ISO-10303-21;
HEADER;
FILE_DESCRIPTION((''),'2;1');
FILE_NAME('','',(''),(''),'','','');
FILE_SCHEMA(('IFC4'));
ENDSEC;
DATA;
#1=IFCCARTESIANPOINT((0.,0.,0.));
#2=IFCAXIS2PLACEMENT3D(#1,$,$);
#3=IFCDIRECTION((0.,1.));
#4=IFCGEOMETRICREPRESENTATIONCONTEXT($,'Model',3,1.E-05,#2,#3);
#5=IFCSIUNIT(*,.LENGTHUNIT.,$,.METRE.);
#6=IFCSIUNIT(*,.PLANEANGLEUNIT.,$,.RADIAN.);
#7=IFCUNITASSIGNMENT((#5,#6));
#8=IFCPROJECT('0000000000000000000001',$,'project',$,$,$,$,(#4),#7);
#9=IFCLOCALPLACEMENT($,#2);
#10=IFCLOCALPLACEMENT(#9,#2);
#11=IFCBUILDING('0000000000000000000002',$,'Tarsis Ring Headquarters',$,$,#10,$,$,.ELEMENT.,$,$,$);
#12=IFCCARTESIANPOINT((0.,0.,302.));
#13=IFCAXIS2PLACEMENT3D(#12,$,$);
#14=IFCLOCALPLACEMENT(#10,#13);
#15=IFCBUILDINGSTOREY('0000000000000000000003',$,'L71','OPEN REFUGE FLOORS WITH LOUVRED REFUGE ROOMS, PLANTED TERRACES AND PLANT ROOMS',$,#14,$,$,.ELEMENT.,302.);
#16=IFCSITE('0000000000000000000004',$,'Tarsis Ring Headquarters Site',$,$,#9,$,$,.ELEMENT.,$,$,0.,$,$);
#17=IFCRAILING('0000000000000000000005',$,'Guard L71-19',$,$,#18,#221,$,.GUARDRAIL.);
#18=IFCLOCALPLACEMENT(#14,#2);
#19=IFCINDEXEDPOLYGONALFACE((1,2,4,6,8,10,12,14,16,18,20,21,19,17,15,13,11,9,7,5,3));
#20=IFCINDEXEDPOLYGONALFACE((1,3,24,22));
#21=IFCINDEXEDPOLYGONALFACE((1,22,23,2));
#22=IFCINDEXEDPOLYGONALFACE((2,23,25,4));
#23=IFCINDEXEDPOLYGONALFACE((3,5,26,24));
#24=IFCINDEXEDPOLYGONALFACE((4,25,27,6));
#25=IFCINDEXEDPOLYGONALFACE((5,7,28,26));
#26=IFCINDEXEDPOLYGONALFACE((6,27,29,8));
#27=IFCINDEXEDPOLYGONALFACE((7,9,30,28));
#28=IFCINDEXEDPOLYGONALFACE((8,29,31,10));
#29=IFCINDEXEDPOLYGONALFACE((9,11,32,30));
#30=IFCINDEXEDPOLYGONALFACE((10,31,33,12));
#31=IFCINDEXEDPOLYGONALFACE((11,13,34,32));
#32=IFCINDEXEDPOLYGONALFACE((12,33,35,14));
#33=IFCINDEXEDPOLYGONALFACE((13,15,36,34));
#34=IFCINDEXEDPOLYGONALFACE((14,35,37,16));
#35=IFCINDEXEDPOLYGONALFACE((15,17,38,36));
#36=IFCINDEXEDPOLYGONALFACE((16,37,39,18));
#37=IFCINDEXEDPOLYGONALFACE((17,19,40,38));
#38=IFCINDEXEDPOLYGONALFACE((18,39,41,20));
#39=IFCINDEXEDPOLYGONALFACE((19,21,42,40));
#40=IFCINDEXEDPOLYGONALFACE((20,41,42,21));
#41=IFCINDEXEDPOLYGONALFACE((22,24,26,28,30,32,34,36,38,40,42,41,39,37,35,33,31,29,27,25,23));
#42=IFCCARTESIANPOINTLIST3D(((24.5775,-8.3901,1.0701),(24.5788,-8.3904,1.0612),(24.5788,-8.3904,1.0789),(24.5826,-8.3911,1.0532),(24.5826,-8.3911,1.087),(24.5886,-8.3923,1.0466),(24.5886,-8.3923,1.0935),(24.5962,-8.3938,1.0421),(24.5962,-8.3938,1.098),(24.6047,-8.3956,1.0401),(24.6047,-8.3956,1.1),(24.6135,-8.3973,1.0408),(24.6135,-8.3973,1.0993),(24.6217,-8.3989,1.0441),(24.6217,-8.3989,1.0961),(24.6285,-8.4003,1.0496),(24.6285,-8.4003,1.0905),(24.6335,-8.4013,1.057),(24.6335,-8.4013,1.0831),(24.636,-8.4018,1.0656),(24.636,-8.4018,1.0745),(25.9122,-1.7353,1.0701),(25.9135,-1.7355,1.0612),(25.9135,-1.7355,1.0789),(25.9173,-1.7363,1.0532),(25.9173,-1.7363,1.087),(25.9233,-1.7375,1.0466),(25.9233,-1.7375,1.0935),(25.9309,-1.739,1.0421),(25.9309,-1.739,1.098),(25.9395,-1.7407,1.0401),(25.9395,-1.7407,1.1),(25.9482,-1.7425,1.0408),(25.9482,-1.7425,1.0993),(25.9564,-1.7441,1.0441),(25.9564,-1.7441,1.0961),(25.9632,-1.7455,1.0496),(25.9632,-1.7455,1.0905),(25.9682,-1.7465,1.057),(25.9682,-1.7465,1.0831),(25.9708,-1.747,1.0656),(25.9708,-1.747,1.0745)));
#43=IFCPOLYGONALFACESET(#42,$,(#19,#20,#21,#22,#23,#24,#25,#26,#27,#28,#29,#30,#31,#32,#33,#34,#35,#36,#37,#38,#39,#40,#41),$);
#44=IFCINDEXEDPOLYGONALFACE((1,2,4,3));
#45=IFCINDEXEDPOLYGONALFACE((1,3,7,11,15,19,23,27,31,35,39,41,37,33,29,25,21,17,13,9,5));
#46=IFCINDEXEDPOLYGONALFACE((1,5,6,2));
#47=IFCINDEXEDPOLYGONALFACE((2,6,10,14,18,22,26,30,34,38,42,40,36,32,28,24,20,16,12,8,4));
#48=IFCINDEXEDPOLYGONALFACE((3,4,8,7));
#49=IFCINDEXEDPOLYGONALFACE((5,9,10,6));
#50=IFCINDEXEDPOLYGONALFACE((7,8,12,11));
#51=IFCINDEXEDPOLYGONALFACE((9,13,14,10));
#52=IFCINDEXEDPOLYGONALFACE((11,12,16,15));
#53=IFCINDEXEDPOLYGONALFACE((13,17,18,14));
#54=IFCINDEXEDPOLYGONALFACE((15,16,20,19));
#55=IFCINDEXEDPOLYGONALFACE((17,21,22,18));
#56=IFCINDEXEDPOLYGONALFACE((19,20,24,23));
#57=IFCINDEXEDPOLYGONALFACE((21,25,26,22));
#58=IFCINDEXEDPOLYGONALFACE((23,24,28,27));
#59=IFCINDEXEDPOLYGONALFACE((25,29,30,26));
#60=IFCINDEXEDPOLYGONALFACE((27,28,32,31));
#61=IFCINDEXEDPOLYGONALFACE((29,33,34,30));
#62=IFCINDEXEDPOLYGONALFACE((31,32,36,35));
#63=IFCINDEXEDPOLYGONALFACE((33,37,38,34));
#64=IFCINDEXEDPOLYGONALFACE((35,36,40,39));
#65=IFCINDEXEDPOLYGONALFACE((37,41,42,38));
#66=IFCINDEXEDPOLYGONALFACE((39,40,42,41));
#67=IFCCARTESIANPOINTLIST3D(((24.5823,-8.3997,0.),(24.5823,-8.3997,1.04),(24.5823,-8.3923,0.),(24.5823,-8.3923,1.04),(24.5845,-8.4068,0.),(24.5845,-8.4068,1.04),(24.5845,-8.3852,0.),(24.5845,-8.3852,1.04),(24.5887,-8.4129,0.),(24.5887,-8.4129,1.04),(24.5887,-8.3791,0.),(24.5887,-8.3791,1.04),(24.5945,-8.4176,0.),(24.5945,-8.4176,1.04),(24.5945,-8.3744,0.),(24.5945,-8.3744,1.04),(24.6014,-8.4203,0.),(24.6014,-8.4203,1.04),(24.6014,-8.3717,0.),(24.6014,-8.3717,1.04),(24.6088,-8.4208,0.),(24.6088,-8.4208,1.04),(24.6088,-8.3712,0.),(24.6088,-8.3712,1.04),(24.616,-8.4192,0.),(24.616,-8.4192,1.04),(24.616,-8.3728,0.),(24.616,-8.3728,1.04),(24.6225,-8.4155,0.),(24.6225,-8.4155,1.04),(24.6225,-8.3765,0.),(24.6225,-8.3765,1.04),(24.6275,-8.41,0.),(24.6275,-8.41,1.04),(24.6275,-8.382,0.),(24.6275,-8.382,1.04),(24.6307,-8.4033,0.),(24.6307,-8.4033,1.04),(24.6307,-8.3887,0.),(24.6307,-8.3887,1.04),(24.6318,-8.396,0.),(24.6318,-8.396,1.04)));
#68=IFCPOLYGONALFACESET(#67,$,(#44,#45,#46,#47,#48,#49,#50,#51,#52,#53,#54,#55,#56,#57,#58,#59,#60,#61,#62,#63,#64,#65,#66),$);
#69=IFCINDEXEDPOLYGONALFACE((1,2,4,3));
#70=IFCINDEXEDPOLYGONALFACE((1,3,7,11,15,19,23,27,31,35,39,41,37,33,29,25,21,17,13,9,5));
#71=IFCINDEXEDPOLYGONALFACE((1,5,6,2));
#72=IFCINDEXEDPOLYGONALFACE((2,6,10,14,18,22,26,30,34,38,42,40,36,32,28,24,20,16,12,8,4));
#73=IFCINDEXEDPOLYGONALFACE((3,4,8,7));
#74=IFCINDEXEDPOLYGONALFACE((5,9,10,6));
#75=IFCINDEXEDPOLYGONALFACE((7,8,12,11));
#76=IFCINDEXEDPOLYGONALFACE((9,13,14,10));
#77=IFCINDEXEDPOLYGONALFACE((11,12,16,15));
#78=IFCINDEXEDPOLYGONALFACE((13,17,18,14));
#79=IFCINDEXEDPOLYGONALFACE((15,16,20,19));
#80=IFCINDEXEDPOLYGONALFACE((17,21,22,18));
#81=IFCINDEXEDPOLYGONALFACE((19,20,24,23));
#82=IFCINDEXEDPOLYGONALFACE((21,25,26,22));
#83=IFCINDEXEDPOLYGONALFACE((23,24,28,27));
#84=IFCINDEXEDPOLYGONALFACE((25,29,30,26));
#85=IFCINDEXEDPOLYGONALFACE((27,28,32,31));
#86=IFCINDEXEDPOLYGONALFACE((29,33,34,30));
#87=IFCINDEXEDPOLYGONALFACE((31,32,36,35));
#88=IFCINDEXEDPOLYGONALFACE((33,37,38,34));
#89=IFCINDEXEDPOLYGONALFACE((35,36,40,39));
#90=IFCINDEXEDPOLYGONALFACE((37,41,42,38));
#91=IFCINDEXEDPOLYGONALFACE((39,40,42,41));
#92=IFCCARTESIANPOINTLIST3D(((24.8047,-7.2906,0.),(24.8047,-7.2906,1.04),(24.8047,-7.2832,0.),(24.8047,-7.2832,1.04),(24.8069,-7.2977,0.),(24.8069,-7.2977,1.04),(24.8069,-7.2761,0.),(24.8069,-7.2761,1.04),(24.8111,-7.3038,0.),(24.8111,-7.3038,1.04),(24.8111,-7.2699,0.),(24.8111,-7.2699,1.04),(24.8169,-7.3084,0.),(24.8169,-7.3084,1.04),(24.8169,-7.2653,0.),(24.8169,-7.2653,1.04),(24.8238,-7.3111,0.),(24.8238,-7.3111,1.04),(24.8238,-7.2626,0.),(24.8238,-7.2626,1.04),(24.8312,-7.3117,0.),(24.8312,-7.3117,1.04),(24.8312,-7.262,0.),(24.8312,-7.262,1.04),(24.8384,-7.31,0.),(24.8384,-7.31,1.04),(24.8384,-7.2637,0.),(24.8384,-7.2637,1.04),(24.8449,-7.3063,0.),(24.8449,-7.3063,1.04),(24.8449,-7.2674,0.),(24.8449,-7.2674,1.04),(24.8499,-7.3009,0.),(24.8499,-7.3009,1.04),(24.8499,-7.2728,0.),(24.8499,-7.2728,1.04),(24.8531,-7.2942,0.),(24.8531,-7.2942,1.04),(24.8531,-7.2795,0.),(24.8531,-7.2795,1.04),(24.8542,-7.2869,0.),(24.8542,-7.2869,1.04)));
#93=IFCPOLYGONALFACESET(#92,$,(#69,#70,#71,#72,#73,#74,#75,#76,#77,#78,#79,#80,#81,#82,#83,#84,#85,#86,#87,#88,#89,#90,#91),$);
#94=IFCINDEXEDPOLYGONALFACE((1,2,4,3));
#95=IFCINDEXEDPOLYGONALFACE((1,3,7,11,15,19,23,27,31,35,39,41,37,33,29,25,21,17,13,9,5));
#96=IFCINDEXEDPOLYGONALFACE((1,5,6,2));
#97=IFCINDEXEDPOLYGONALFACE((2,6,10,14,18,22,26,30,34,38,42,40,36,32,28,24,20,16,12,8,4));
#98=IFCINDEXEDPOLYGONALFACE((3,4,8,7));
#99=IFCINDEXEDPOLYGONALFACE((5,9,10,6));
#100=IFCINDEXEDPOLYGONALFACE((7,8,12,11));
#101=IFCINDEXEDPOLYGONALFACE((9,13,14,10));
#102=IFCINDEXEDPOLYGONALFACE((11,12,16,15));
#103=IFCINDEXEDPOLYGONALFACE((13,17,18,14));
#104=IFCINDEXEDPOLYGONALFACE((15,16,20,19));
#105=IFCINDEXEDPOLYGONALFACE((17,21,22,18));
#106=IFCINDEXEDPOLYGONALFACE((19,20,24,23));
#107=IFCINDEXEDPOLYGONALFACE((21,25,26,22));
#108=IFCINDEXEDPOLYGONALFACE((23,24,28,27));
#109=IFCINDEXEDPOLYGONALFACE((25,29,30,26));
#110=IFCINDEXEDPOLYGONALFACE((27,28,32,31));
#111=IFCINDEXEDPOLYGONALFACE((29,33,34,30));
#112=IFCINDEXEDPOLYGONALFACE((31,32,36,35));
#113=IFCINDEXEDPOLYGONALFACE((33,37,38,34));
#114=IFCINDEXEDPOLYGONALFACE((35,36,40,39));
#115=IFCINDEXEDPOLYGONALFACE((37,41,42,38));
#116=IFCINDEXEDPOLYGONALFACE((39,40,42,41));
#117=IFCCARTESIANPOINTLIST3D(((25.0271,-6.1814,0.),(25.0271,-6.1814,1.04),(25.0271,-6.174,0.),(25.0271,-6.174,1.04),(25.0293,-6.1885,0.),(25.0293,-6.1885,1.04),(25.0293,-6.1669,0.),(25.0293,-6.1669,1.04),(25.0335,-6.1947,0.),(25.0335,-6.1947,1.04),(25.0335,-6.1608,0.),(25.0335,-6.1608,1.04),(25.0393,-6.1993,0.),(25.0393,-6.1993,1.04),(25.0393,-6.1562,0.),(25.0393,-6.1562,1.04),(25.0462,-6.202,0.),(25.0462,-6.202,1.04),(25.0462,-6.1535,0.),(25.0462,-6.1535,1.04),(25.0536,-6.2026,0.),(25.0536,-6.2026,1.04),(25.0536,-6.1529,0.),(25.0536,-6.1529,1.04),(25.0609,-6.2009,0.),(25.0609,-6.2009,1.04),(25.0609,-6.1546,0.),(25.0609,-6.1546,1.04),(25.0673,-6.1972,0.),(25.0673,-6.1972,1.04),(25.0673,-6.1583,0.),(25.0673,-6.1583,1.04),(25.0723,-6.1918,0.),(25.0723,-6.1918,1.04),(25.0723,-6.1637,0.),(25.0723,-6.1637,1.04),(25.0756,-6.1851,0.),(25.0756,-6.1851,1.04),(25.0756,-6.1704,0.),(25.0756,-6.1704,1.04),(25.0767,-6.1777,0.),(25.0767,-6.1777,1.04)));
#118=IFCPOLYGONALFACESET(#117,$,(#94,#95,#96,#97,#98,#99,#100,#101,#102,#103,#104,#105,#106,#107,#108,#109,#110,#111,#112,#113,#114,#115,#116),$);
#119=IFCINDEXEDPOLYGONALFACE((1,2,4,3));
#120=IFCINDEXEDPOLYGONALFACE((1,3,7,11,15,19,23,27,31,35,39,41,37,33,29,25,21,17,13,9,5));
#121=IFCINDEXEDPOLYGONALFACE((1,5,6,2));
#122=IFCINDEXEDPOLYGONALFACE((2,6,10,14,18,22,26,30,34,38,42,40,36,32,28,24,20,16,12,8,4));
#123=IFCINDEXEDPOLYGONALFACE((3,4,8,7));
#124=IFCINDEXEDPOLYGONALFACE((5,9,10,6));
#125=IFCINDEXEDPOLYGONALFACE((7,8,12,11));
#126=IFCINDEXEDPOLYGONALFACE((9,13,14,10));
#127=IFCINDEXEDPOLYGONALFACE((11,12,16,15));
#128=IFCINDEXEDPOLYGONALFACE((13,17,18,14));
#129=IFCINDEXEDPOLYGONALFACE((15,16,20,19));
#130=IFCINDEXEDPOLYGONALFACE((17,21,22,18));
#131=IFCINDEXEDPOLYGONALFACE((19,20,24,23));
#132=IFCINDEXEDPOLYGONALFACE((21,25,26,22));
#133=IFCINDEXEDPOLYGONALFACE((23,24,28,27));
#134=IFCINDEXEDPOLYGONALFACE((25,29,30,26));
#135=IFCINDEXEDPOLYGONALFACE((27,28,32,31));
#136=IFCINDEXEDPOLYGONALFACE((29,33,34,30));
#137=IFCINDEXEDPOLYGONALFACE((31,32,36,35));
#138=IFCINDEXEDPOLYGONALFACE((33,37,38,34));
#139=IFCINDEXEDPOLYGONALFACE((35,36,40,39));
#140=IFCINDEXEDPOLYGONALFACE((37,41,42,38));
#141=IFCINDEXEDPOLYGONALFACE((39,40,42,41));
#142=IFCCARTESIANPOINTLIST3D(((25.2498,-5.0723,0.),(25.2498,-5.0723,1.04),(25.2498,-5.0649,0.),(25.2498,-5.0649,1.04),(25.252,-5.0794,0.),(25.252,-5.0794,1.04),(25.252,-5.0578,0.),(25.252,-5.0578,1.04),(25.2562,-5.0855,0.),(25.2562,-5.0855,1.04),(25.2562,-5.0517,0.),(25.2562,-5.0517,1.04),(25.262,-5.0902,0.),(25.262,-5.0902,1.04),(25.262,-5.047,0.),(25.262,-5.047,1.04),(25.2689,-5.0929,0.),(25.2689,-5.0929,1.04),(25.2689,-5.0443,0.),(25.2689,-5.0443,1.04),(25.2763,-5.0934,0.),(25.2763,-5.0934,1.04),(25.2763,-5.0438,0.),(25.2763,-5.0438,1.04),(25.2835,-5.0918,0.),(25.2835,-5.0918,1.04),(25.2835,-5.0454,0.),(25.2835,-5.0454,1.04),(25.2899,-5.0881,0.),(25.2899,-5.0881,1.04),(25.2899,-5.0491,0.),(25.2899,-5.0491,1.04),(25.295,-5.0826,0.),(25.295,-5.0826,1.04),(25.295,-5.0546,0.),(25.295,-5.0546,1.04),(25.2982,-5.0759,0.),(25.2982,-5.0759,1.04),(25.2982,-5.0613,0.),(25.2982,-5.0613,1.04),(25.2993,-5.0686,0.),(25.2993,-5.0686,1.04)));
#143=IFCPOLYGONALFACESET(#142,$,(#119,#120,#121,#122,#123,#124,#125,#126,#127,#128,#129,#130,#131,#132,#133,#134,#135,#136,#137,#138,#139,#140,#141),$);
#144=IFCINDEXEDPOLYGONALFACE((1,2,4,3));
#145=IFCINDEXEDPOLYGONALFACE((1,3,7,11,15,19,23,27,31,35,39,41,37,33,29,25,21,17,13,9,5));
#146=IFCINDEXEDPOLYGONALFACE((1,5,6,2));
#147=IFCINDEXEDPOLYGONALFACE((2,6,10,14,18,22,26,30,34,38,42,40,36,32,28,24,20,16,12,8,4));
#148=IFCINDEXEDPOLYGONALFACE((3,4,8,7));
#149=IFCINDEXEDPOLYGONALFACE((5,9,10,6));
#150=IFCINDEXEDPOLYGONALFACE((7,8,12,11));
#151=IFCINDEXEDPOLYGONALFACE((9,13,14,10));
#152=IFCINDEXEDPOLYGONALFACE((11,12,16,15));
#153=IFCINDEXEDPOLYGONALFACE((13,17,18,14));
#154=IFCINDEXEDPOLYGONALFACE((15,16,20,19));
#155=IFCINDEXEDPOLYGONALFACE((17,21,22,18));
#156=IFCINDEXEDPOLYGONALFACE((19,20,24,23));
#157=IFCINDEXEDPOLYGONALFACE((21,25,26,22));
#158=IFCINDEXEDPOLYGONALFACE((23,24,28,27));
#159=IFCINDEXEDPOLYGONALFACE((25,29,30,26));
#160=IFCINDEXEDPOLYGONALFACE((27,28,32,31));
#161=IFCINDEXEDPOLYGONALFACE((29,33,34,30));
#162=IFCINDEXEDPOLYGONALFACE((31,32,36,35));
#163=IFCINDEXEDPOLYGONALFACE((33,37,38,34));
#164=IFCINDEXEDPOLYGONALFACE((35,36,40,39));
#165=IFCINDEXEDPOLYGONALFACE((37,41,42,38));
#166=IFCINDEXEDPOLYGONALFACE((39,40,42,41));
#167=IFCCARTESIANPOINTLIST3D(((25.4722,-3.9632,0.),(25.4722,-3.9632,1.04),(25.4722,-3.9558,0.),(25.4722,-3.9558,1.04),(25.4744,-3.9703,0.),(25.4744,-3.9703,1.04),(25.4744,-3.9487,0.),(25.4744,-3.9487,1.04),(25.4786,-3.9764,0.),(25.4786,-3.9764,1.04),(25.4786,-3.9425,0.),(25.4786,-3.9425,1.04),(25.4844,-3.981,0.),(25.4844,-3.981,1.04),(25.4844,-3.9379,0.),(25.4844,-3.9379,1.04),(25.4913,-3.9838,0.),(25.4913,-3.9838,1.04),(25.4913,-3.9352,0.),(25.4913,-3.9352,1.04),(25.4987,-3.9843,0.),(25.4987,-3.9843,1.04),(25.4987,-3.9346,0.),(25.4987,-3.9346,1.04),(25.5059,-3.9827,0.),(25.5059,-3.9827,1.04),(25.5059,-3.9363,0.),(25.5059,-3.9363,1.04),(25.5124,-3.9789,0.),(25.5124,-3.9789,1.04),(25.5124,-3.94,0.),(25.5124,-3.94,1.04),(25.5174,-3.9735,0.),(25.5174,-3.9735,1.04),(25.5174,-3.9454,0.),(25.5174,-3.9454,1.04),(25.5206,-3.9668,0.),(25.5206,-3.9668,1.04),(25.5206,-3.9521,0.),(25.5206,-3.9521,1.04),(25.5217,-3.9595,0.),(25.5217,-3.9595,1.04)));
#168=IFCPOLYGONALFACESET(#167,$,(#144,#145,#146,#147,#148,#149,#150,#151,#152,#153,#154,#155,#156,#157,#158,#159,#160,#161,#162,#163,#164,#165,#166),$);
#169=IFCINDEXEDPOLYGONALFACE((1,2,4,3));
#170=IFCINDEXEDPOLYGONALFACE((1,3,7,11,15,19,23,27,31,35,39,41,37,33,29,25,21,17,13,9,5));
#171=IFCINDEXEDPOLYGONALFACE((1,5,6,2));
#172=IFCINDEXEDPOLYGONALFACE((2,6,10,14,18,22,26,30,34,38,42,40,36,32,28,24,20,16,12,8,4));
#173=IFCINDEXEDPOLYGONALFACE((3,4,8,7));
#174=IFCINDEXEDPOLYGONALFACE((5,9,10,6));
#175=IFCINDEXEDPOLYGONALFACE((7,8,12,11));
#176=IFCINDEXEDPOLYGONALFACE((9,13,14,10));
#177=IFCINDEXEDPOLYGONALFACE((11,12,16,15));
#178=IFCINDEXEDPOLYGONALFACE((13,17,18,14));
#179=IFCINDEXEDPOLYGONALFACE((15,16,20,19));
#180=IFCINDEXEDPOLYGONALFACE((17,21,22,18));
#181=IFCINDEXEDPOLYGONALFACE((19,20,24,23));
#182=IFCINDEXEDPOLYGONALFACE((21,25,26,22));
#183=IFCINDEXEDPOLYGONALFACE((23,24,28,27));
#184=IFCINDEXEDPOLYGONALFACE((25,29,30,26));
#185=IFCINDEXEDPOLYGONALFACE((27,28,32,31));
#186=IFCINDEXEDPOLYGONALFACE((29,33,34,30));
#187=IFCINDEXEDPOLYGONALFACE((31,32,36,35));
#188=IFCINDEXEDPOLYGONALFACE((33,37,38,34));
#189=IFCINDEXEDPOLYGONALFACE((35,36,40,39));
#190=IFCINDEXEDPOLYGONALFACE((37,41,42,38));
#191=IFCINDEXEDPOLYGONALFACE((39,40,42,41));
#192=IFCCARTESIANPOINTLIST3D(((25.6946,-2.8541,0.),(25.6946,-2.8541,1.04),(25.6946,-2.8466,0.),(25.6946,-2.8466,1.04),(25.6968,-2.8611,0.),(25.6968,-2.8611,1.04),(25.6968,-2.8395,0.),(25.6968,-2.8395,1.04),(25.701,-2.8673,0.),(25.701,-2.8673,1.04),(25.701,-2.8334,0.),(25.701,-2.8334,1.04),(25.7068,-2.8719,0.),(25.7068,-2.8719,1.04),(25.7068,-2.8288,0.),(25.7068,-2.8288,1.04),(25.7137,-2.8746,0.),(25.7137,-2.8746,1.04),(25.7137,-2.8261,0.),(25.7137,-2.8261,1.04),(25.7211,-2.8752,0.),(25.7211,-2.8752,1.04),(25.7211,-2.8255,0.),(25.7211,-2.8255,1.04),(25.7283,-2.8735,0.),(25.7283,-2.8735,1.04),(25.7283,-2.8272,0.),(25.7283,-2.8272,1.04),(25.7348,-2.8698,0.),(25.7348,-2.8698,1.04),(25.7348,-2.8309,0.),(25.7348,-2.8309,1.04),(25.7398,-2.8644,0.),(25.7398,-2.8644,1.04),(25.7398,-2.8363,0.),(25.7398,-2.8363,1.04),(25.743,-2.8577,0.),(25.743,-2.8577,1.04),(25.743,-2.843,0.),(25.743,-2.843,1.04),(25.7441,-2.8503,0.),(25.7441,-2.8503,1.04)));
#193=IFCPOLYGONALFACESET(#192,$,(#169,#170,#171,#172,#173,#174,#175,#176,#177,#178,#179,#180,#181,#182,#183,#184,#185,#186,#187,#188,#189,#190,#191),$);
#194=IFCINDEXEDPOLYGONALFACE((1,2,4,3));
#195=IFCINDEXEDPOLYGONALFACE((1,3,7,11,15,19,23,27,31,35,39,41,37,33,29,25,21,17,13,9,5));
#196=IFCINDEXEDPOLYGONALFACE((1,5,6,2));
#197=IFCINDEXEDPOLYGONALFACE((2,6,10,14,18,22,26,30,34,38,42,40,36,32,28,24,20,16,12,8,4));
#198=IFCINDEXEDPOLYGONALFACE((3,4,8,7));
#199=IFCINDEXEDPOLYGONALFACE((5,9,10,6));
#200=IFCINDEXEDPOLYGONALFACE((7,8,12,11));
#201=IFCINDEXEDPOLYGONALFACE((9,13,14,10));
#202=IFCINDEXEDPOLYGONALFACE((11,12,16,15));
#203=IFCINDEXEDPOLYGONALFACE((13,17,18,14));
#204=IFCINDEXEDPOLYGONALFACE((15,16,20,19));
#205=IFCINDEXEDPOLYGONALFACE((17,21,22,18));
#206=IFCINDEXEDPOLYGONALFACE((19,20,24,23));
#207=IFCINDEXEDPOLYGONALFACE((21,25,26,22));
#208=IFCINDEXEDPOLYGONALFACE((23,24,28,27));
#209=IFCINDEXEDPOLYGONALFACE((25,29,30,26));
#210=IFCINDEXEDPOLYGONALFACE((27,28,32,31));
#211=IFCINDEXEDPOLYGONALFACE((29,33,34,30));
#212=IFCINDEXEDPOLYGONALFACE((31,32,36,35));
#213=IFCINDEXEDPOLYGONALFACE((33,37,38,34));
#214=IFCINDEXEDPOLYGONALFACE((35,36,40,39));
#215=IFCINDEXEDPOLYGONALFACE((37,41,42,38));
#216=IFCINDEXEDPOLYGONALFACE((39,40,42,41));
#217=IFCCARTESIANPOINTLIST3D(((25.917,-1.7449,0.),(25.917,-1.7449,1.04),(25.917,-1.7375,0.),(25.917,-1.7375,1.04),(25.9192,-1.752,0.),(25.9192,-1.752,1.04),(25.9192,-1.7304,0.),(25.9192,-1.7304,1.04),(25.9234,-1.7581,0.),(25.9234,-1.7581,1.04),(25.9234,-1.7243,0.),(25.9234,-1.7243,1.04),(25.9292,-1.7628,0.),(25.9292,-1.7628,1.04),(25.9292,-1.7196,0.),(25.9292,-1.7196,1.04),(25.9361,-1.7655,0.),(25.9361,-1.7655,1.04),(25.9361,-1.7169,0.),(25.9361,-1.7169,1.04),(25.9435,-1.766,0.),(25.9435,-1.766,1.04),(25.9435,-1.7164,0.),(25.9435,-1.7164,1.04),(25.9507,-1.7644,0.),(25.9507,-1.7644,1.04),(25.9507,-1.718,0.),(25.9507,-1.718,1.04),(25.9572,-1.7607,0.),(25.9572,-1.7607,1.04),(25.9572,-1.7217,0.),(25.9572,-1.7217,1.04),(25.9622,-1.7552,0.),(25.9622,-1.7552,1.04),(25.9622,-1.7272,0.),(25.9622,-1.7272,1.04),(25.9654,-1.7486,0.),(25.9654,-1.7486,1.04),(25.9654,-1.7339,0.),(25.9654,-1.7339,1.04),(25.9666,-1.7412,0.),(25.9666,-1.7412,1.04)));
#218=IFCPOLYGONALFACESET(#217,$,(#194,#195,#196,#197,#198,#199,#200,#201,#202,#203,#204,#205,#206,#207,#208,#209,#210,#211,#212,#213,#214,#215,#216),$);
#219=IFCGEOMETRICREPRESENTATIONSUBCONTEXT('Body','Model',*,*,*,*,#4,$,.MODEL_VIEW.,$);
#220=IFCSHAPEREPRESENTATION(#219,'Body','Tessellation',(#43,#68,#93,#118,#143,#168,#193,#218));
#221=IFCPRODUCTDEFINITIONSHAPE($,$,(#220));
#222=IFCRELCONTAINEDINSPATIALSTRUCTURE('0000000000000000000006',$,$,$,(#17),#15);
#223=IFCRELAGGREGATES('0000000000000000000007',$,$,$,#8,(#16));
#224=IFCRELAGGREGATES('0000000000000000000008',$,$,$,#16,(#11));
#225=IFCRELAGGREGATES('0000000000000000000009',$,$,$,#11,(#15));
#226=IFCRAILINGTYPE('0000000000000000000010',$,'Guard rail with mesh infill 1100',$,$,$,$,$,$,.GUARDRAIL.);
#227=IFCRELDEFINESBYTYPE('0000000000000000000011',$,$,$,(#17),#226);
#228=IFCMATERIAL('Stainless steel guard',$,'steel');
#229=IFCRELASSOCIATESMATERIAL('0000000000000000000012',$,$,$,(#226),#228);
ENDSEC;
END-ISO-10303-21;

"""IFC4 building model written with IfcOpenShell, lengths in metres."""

from ifc_helpers import new_model, si_unit, direction, frame, origin, origin_2d, place, context, subcontext, project, spatial, circle, extrude, material, type_object, element, save


model = new_model("IFC4")

# Units and contexts
model_context = context("Model", 3, precision=1e-05, world=origin(), true_north=direction((0.0, 1.0)))
body_context = subcontext(model_context, "Body", "Model", "MODEL_VIEW")
ifc_project = project(units=[si_unit("LENGTHUNIT", "METRE"), si_unit("PLANEANGLEUNIT", "RADIAN")], contexts=[model_context])

# Site, building, storey
site_placement = place(None, origin())
site = spatial("IfcSite", under=ifc_project, at=site_placement, Name="Tarsis Ring Headquarters Site", CompositionType="ELEMENT", RefElevation=0.0)
building_placement = place(site_placement, origin())
building = spatial("IfcBuilding", under=site, at=building_placement, Name="Tarsis Ring Headquarters", CompositionType="ELEMENT")
storey_placement = place(building_placement, frame((0.0, 0.0, 302.0)))
storey = spatial("IfcBuildingStorey", under=building, at=storey_placement, Name="L71", Description="OPEN REFUGE FLOORS WITH LOUVRED REFUGE ROOMS, PLANTED TERRACES AND PLANT ROOMS", CompositionType="ELEMENT", Elevation=302.0)

# Railing
ifc_material_1 = material(Name="Stainless steel guard", Category="steel")
railing_type = type_object("IfcRailingType", Name="Guard rail with mesh infill 1100", PredefinedType="GUARDRAIL", material=ifc_material_1)
railing_1_placement = place(storey_placement, frame((24.6069, -8.396, 0.0)))
element("IfcRailing", 1, at=railing_1_placement, inside=storey, type_object=railing_type, Name="Guard L71-19", PredefinedType="GUARDRAIL", context=body_context, shape_type="SweptSolid", body=[
    extrude(circle(Radius=0.03, at=origin_2d()), frame((0.0, 0.0, 1.0701), z_axis=(0.196649, 0.980474, 0.0), x_axis=(-0.980474, 0.196649, 0.0)), (0.0, 0.0, 1.0), 6.7874),
    extrude(circle(Radius=0.0249, at=origin_2d()), origin(), (0.0, 0.0, 1.0), 1.04),
    extrude(circle(Radius=0.0249, at=origin_2d()), frame((0.2224, 1.1091, 0.0)), (0.0, 0.0, 1.0), 1.04),
    extrude(circle(Radius=0.0249, at=origin_2d()), frame((0.4448, 2.2183, 0.0)), (0.0, 0.0, 1.0), 1.04),
    extrude(circle(Radius=0.0249, at=origin_2d()), frame((0.6675, 3.3274, 0.0)), (0.0, 0.0, 1.0), 1.04),
    extrude(circle(Radius=0.0249, at=origin_2d()), frame((0.8899, 4.4365, 0.0)), (0.0, 0.0, 1.0), 1.04),
    extrude(circle(Radius=0.0249, at=origin_2d()), frame((1.1123, 5.5457, 0.0)), (0.0, 0.0, 1.0), 1.04),
    extrude(circle(Radius=0.0249, at=origin_2d()), frame((1.3347, 6.6548, 0.0)), (0.0, 0.0, 1.0), 1.04),
])

save(model, "model.ifc")
